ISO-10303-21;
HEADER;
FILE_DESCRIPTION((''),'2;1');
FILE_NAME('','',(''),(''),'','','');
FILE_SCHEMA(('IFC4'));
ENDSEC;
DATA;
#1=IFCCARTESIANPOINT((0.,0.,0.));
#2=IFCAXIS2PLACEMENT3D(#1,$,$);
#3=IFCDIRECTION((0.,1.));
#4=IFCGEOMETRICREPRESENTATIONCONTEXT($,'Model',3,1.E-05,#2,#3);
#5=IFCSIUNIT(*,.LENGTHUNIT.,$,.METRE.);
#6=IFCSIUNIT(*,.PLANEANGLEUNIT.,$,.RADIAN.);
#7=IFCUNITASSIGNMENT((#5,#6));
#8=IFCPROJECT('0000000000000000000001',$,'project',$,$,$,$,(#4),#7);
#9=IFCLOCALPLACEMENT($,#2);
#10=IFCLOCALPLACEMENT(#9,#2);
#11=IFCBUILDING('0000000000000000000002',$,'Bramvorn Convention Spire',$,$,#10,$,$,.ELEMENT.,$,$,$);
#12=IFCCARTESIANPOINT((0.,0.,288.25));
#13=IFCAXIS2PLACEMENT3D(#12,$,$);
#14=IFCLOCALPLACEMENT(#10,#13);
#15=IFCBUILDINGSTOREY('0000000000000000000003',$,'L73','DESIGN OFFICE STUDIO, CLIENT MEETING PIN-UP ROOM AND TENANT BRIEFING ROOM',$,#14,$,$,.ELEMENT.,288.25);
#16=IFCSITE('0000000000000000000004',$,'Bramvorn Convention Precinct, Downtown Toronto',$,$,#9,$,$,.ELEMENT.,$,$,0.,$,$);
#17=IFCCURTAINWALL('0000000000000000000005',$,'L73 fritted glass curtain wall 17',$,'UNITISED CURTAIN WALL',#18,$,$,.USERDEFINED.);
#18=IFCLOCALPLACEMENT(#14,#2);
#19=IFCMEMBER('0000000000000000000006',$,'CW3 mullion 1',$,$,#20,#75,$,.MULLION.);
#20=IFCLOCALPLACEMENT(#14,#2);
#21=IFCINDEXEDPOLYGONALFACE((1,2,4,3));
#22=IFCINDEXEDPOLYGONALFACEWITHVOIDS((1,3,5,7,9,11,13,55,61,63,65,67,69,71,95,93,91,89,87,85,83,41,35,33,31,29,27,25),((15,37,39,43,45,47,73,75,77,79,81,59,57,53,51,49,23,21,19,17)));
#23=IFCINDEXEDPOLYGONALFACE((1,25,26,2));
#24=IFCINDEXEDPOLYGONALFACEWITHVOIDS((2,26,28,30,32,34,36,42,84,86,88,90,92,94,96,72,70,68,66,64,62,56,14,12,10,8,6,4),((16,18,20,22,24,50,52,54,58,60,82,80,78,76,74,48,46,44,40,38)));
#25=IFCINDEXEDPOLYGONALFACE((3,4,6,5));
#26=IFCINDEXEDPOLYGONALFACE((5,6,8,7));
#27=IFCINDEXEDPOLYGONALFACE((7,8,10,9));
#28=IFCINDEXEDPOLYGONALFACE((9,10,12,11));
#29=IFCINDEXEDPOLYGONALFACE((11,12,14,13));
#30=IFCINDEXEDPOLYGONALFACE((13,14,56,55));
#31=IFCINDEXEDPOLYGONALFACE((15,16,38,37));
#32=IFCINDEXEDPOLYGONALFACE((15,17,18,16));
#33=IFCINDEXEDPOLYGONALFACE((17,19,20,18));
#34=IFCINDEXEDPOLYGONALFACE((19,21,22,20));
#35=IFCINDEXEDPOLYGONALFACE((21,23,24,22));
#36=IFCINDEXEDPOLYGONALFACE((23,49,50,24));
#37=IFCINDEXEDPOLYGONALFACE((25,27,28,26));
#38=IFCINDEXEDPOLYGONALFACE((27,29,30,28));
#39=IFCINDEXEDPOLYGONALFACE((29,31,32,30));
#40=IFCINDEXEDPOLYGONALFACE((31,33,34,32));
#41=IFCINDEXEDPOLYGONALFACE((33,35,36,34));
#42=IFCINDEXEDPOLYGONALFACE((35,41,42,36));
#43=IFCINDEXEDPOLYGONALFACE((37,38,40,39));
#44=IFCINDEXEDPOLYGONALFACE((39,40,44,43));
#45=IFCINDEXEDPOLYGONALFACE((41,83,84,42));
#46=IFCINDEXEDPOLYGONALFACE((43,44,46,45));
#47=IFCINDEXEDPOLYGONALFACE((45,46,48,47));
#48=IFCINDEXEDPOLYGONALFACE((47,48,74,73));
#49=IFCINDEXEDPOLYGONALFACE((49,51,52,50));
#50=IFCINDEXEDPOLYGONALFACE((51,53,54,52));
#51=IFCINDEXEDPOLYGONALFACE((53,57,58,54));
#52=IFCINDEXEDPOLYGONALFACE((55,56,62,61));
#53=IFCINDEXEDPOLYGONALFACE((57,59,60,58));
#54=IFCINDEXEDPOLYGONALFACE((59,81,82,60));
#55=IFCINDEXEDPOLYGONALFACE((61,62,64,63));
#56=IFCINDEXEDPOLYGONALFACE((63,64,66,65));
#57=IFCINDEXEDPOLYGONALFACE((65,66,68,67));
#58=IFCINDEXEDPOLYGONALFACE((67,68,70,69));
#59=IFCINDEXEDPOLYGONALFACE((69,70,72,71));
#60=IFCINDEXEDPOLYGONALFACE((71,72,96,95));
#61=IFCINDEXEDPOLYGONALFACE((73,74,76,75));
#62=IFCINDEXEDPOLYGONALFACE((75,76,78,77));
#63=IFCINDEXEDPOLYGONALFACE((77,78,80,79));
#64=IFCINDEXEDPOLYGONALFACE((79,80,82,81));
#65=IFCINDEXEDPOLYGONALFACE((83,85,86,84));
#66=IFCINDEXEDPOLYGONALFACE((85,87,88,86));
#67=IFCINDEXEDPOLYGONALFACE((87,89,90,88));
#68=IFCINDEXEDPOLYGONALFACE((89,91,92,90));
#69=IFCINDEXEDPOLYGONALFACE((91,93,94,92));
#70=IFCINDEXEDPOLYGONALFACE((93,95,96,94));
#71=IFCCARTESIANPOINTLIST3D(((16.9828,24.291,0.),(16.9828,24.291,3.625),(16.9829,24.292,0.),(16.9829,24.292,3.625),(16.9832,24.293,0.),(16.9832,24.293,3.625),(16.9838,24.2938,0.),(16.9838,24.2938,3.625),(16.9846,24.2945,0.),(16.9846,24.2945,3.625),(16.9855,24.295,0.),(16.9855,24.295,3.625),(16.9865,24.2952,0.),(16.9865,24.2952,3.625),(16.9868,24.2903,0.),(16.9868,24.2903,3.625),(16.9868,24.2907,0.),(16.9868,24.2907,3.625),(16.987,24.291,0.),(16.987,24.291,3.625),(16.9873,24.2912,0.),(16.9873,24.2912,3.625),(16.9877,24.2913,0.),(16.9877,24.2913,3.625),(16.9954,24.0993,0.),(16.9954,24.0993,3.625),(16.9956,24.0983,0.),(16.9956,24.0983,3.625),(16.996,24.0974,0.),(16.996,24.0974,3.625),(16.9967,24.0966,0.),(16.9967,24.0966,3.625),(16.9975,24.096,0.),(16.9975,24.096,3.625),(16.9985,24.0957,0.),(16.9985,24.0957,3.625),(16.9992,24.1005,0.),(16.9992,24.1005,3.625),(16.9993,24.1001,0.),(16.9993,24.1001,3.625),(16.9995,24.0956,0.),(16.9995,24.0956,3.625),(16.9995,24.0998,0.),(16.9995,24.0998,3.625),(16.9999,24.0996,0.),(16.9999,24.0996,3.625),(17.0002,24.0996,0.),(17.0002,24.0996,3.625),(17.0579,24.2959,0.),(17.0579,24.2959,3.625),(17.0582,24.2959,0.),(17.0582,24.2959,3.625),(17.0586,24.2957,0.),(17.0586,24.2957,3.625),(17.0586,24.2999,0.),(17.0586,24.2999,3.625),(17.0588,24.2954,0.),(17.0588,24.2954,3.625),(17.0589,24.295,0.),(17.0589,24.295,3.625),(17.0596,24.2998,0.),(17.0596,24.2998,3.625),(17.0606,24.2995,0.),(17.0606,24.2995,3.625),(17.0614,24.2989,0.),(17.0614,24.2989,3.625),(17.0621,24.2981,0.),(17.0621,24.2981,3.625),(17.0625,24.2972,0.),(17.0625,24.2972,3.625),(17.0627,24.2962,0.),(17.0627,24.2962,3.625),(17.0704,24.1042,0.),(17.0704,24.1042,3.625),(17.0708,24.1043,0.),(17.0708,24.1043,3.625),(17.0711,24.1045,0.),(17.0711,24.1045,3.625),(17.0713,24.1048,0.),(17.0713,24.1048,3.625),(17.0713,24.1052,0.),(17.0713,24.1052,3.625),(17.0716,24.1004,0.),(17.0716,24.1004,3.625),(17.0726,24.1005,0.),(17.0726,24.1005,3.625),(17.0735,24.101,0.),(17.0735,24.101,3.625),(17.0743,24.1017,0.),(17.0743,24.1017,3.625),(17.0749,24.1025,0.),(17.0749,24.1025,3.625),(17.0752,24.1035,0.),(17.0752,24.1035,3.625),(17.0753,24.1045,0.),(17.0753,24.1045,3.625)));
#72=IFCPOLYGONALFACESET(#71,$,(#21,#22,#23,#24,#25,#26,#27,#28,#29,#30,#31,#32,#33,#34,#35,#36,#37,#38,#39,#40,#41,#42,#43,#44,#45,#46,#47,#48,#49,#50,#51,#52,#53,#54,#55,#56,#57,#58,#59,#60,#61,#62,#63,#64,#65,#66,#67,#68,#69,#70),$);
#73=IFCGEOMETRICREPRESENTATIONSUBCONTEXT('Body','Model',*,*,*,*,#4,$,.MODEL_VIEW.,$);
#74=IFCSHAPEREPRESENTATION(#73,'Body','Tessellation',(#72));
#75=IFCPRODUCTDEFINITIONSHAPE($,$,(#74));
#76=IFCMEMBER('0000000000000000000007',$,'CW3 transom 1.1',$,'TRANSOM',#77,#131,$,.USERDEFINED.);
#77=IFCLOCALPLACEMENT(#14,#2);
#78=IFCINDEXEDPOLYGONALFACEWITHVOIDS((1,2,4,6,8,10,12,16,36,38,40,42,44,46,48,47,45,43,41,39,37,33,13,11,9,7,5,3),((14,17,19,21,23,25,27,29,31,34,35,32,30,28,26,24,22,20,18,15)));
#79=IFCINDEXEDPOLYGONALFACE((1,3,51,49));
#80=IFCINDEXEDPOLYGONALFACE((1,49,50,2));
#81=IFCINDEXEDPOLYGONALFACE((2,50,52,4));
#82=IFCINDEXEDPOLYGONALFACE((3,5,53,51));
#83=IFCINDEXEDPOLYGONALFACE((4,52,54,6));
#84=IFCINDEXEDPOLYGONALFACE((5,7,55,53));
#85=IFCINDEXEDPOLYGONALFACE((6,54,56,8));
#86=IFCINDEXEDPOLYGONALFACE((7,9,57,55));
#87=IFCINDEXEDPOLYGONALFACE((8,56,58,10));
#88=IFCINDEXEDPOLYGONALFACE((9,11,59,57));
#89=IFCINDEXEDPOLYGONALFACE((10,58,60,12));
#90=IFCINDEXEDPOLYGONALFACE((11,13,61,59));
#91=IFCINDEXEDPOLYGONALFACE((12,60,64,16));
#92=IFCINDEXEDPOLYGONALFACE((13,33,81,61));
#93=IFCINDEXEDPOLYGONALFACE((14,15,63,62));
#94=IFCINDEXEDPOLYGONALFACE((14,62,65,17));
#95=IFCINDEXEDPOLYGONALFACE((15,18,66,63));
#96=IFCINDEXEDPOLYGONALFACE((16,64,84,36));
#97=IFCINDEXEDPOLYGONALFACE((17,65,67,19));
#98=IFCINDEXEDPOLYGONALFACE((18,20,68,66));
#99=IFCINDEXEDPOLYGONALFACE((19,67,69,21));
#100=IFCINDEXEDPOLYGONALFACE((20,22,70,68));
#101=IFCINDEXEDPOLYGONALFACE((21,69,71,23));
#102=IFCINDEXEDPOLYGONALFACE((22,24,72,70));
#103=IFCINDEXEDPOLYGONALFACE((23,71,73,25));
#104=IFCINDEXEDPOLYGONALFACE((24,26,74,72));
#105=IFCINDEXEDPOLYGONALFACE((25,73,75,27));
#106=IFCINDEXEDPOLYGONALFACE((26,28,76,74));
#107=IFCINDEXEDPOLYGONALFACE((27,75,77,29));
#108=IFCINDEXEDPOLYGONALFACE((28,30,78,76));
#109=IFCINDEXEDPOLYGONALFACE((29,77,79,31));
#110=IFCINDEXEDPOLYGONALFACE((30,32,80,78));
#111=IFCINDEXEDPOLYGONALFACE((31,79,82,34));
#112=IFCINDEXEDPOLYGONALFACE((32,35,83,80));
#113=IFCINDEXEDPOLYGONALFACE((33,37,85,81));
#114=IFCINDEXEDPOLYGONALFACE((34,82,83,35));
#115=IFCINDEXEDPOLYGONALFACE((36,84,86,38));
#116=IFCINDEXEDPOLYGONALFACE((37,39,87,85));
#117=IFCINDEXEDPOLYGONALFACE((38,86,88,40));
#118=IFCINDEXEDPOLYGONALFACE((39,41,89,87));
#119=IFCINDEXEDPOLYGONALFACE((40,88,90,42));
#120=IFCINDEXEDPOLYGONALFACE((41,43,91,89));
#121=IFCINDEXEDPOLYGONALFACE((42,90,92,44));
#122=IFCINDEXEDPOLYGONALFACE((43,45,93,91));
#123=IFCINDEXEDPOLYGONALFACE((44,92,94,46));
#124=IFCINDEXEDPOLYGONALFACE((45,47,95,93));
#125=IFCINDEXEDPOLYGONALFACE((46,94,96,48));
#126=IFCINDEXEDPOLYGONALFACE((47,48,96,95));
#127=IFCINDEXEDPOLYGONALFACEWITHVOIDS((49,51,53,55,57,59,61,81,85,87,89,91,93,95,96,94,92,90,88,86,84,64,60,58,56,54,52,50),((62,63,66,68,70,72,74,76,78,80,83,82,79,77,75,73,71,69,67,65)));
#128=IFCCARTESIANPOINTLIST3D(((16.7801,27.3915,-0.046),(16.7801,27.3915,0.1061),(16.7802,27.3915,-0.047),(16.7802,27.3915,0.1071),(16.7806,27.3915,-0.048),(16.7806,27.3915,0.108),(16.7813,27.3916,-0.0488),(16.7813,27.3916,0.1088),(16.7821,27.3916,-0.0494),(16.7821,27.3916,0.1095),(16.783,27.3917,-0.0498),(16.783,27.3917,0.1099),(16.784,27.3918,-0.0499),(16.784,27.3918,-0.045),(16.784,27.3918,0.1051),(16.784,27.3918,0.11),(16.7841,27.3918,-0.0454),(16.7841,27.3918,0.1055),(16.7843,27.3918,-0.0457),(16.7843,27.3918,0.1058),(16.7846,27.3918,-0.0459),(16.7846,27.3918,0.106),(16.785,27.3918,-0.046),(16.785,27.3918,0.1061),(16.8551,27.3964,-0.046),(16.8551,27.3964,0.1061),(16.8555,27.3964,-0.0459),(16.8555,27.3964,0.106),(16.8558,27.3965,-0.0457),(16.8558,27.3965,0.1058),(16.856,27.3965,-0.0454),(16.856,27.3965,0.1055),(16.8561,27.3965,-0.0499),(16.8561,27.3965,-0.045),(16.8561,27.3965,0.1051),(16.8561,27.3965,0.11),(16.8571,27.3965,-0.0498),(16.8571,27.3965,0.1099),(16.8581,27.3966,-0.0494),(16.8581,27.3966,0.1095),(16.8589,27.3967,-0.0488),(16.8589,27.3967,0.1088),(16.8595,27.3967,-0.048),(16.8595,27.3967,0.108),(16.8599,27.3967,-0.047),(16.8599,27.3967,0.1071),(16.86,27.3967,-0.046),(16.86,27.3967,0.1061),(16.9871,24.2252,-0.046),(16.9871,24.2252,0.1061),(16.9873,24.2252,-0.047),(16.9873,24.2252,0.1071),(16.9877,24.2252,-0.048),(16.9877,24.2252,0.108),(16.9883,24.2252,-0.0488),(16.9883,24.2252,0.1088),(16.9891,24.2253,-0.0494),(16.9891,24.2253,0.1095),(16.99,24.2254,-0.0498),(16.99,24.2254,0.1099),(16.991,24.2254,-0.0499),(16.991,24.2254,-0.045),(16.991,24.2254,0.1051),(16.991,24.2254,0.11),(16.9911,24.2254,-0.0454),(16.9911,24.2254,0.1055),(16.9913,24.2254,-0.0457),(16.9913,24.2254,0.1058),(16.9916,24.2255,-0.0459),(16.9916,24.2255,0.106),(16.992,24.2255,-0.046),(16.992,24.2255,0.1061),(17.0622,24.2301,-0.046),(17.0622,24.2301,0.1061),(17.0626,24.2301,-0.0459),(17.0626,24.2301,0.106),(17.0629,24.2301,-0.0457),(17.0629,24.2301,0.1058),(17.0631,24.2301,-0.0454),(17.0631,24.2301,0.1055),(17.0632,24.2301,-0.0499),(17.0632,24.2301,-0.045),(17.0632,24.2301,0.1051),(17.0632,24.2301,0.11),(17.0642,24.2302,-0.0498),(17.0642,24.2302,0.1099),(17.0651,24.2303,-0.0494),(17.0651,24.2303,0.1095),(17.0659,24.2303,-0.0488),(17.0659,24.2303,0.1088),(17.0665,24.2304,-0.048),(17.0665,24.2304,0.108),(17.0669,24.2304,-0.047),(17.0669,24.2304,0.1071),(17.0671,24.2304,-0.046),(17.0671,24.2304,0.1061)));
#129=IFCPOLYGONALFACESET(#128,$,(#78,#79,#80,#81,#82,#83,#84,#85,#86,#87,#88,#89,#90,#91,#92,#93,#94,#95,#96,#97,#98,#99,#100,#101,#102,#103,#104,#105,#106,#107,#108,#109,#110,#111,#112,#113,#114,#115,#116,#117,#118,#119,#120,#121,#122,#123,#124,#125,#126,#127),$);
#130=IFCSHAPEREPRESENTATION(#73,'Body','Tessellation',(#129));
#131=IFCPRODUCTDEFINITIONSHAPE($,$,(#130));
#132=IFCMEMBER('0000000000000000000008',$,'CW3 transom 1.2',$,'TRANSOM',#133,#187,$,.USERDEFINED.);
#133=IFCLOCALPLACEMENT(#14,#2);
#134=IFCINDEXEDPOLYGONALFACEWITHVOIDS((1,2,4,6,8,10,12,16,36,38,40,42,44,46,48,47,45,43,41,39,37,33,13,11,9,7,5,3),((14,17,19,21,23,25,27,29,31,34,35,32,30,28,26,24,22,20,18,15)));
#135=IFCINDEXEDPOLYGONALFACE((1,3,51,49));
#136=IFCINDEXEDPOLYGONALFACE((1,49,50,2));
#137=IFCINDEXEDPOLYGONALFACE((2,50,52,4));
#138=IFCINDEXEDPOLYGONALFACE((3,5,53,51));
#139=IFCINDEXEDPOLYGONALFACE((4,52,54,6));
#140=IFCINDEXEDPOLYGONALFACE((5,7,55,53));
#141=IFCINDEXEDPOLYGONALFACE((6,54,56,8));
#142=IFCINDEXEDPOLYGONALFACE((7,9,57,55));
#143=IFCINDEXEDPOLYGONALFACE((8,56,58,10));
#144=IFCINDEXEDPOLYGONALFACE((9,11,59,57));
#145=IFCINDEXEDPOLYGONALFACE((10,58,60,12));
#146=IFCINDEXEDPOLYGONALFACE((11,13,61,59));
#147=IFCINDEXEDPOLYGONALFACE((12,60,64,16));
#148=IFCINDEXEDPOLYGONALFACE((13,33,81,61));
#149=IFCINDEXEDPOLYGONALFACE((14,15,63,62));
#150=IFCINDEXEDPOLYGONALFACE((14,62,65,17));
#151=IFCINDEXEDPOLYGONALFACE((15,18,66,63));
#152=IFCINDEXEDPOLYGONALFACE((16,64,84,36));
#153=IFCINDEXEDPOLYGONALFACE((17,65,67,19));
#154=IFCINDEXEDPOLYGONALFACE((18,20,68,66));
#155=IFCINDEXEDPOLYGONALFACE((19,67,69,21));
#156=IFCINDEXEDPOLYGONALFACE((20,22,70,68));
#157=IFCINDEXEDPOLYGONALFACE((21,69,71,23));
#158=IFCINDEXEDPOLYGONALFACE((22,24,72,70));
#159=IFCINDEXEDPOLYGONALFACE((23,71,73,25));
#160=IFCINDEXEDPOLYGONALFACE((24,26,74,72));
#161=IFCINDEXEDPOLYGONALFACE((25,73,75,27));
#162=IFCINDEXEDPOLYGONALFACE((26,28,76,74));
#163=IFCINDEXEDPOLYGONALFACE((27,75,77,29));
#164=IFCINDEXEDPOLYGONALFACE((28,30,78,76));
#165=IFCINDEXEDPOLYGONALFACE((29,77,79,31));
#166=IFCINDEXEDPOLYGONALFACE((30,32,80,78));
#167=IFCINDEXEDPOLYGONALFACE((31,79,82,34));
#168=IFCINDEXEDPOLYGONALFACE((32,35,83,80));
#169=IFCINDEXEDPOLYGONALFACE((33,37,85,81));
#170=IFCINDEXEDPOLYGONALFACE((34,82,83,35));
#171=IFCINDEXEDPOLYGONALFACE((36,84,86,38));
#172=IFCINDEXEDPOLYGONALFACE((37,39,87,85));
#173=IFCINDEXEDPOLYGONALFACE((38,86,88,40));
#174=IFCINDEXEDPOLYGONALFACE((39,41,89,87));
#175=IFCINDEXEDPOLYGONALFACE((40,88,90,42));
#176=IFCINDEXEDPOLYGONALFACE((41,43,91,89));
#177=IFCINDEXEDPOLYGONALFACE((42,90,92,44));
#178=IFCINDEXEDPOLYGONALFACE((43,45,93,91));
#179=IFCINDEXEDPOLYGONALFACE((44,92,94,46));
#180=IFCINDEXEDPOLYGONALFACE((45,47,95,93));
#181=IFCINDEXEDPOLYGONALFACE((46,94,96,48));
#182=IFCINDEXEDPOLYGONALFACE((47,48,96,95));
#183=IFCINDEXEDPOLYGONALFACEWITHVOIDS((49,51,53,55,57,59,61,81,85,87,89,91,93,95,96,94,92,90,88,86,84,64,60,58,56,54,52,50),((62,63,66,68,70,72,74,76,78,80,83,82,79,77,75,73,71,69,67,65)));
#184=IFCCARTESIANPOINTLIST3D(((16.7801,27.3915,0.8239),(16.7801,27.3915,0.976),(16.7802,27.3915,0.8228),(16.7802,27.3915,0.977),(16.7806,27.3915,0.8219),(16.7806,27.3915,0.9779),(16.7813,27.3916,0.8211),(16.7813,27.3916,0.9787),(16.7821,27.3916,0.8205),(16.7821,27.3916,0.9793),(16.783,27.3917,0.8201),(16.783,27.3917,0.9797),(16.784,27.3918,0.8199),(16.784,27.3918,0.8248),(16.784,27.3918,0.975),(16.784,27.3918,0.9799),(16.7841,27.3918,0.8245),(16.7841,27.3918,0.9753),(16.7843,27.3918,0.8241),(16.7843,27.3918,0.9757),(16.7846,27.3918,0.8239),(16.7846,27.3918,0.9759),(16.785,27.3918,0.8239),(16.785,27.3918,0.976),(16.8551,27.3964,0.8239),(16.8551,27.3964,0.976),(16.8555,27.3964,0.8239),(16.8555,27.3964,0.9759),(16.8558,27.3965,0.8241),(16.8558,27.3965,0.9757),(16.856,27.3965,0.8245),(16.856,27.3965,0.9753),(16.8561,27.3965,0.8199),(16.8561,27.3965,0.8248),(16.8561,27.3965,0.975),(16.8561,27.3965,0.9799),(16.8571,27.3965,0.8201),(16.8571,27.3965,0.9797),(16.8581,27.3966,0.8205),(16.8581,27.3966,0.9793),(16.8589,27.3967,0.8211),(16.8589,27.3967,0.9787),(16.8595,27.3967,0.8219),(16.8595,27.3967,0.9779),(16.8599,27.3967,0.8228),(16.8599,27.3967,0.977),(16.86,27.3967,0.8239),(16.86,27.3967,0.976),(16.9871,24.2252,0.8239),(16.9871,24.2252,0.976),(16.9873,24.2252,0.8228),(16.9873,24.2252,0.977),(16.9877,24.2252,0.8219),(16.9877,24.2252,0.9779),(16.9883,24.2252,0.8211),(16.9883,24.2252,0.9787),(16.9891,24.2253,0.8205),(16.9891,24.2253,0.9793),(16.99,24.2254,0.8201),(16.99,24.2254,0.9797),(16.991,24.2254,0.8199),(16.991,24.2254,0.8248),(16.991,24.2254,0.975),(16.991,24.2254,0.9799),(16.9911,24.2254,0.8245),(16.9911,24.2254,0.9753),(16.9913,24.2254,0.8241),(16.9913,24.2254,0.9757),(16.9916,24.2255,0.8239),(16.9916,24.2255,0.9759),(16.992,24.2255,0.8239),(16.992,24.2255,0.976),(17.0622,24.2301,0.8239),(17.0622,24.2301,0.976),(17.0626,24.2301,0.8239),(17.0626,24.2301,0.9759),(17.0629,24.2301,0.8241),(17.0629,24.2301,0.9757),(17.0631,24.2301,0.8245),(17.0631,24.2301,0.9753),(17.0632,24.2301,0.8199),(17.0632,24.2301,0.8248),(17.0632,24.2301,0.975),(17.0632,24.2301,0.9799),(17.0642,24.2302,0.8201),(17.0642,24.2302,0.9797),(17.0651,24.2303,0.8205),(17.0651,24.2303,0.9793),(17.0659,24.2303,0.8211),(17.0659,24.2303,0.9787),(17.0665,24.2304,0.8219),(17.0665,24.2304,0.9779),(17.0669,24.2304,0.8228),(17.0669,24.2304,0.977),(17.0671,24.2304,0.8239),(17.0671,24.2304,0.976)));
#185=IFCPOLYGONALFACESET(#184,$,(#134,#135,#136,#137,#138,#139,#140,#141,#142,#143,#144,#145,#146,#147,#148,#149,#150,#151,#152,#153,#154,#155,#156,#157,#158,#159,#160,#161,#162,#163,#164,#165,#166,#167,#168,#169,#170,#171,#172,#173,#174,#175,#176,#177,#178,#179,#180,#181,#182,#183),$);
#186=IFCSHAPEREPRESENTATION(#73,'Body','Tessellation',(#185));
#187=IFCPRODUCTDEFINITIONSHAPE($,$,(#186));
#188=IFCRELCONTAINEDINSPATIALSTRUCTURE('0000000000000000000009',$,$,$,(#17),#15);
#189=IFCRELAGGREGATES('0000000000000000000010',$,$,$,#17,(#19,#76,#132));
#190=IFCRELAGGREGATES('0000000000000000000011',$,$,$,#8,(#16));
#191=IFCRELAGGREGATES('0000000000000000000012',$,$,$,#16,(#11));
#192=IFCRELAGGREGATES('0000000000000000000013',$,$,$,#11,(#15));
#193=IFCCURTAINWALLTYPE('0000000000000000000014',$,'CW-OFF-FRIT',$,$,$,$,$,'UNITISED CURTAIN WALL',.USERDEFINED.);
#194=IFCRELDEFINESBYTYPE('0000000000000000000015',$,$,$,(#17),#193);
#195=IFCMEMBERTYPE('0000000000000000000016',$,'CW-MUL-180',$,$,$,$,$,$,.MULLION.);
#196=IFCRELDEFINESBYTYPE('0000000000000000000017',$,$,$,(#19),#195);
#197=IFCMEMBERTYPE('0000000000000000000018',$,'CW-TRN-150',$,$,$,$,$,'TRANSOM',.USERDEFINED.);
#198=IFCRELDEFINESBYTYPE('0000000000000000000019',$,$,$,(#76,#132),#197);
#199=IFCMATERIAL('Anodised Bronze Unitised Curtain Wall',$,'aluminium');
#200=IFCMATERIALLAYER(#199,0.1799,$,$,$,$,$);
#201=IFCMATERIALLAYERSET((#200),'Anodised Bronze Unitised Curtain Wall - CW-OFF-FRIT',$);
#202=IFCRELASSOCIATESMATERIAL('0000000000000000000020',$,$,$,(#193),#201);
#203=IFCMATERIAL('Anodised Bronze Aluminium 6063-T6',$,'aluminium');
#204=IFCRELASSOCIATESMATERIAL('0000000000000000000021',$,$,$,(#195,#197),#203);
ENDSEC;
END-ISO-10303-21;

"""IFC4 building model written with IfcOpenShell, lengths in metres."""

from ifc_helpers import new_model, si_unit, direction, frame, origin, origin_2d, place, context, subcontext, project, spatial, hollow_rectangle, extrude, material, layer, layer_set, material_profile, profile_set, type_object, element, aggregate, save


model = new_model("IFC4")

# Units and contexts
model_context = context("Model", 3, precision=1e-05, world=origin(), true_north=direction((0.0, 1.0)))
body_context = subcontext(model_context, "Body", "Model", "MODEL_VIEW")
ifc_project = project(units=[si_unit("LENGTHUNIT", "METRE"), si_unit("PLANEANGLEUNIT", "RADIAN")], contexts=[model_context])

# Site, building, storey
site_placement = place(None, origin())
site = spatial("IfcSite", under=ifc_project, at=site_placement, Name="Bramvorn Convention Precinct, Downtown Toronto", CompositionType="ELEMENT", RefElevation=0.0)
building_placement = place(site_placement, origin())
building = spatial("IfcBuilding", under=site, at=building_placement, Name="Bramvorn Convention Spire", CompositionType="ELEMENT")
storey_placement = place(building_placement, frame((0.0, 0.0, 288.25)))
storey = spatial("IfcBuildingStorey", under=building, at=storey_placement, Name="L73", Description="DESIGN OFFICE STUDIO, CLIENT MEETING PIN-UP ROOM AND TENANT BRIEFING ROOM", CompositionType="ELEMENT", Elevation=288.25)

# Curtain wall, members
ifc_material_1 = material(Name="Anodised Bronze Unitised Curtain Wall", Category="aluminium")
ifc_layer_1 = layer(ifc_material_1, 0.1799)
ifc_layer_set_1 = layer_set([ifc_layer_1], Name="Anodised Bronze Unitised Curtain Wall - CW-OFF-FRIT")
curtain_wall_type = type_object("IfcCurtainWallType", Name="CW-OFF-FRIT", ElementType="UNITISED CURTAIN WALL", PredefinedType="USERDEFINED", material=ifc_layer_set_1)
curtain_wall_placement = place(storey_placement, origin())
curtain_wall = element("IfcCurtainWall", 1, at=curtain_wall_placement, inside=storey, type_object=curtain_wall_type, Name="L73 fritted glass curtain wall 17", ObjectType="UNITISED CURTAIN WALL", PredefinedType="USERDEFINED")
ifc_material_2 = material(Name="Anodised Bronze Aluminium 6063-T6", Category="aluminium")
ifc_material_profile_1 = material_profile(ifc_material_2, hollow_rectangle(XDim=0.0801, YDim=0.2, WallThickness=0.0039, InnerFilletRadius=0.001, OuterFilletRadius=0.0039, at=origin_2d()))
ifc_profile_set_1 = profile_set([ifc_material_profile_1], Name="Anodised Bronze Aluminium 6063-T6 - CWM80X200")
member_type_1 = type_object("IfcMemberType", Name="CW-MUL-180", PredefinedType="MULLION", material=ifc_profile_set_1)
member_1_placement = place(storey_placement, frame((17.0291, 24.1978, 0.0), z_axis=(0.0, 0.0, 1.0), x_axis=(-0.997867, -0.065275, 0.0)))
member_1 = element("IfcMember", 2, at=member_1_placement, type_object=member_type_1, Name="CW3 mullion 1", PredefinedType="MULLION", context=body_context, shape_type="SweptSolid", body=[
    extrude(hollow_rectangle(XDim=0.0801, YDim=0.2, WallThickness=0.0039, InnerFilletRadius=0.001, OuterFilletRadius=0.0039, at=origin_2d()), origin(), (0.0, 0.0, 1.0), 3.625),
])
ifc_material_profile_2 = material_profile(ifc_material_2, hollow_rectangle(XDim=0.0801, YDim=0.1599, WallThickness=0.0039, InnerFilletRadius=0.001, OuterFilletRadius=0.0039, at=origin_2d()))
ifc_profile_set_2 = profile_set([ifc_material_profile_2], Name="Anodised Bronze Aluminium 6063-T6 - CWT80X160")
member_type_2 = type_object("IfcMemberType", Name="CW-TRN-150", ElementType="TRANSOM", PredefinedType="USERDEFINED", material=ifc_profile_set_2)
member_2_placement = place(storey_placement, frame((17.0271, 24.2278, 0.03), z_axis=(-0.065247, 0.997869, 0.0), x_axis=(-0.997869, -0.065247, 0.0)))
member_2 = element("IfcMember", 3, at=member_2_placement, type_object=member_type_2, Name="CW3 transom 1.1", ObjectType="TRANSOM", PredefinedType="USERDEFINED", context=body_context, shape_type="SweptSolid", body=[
    extrude(hollow_rectangle(XDim=0.0801, YDim=0.1599, WallThickness=0.0039, InnerFilletRadius=0.001, OuterFilletRadius=0.0039, at=origin_2d()), origin(), (0.0, 0.0, 1.0), 3.1731),
])
member_3_placement = place(storey_placement, frame((17.0271, 24.2278, 0.8999), z_axis=(-0.065247, 0.997869, 0.0), x_axis=(-0.997869, -0.065247, 0.0)))
member_3 = element("IfcMember", 4, at=member_3_placement, type_object=member_type_2, Name="CW3 transom 1.2", ObjectType="TRANSOM", PredefinedType="USERDEFINED", context=body_context, shape_type="SweptSolid", body=[
    extrude(hollow_rectangle(XDim=0.0801, YDim=0.1599, WallThickness=0.0039, InnerFilletRadius=0.001, OuterFilletRadius=0.0039, at=origin_2d()), origin(), (0.0, 0.0, 1.0), 3.1731),
])
aggregate(curtain_wall, [member_1, member_2, member_3])

save(model, "model.ifc")
